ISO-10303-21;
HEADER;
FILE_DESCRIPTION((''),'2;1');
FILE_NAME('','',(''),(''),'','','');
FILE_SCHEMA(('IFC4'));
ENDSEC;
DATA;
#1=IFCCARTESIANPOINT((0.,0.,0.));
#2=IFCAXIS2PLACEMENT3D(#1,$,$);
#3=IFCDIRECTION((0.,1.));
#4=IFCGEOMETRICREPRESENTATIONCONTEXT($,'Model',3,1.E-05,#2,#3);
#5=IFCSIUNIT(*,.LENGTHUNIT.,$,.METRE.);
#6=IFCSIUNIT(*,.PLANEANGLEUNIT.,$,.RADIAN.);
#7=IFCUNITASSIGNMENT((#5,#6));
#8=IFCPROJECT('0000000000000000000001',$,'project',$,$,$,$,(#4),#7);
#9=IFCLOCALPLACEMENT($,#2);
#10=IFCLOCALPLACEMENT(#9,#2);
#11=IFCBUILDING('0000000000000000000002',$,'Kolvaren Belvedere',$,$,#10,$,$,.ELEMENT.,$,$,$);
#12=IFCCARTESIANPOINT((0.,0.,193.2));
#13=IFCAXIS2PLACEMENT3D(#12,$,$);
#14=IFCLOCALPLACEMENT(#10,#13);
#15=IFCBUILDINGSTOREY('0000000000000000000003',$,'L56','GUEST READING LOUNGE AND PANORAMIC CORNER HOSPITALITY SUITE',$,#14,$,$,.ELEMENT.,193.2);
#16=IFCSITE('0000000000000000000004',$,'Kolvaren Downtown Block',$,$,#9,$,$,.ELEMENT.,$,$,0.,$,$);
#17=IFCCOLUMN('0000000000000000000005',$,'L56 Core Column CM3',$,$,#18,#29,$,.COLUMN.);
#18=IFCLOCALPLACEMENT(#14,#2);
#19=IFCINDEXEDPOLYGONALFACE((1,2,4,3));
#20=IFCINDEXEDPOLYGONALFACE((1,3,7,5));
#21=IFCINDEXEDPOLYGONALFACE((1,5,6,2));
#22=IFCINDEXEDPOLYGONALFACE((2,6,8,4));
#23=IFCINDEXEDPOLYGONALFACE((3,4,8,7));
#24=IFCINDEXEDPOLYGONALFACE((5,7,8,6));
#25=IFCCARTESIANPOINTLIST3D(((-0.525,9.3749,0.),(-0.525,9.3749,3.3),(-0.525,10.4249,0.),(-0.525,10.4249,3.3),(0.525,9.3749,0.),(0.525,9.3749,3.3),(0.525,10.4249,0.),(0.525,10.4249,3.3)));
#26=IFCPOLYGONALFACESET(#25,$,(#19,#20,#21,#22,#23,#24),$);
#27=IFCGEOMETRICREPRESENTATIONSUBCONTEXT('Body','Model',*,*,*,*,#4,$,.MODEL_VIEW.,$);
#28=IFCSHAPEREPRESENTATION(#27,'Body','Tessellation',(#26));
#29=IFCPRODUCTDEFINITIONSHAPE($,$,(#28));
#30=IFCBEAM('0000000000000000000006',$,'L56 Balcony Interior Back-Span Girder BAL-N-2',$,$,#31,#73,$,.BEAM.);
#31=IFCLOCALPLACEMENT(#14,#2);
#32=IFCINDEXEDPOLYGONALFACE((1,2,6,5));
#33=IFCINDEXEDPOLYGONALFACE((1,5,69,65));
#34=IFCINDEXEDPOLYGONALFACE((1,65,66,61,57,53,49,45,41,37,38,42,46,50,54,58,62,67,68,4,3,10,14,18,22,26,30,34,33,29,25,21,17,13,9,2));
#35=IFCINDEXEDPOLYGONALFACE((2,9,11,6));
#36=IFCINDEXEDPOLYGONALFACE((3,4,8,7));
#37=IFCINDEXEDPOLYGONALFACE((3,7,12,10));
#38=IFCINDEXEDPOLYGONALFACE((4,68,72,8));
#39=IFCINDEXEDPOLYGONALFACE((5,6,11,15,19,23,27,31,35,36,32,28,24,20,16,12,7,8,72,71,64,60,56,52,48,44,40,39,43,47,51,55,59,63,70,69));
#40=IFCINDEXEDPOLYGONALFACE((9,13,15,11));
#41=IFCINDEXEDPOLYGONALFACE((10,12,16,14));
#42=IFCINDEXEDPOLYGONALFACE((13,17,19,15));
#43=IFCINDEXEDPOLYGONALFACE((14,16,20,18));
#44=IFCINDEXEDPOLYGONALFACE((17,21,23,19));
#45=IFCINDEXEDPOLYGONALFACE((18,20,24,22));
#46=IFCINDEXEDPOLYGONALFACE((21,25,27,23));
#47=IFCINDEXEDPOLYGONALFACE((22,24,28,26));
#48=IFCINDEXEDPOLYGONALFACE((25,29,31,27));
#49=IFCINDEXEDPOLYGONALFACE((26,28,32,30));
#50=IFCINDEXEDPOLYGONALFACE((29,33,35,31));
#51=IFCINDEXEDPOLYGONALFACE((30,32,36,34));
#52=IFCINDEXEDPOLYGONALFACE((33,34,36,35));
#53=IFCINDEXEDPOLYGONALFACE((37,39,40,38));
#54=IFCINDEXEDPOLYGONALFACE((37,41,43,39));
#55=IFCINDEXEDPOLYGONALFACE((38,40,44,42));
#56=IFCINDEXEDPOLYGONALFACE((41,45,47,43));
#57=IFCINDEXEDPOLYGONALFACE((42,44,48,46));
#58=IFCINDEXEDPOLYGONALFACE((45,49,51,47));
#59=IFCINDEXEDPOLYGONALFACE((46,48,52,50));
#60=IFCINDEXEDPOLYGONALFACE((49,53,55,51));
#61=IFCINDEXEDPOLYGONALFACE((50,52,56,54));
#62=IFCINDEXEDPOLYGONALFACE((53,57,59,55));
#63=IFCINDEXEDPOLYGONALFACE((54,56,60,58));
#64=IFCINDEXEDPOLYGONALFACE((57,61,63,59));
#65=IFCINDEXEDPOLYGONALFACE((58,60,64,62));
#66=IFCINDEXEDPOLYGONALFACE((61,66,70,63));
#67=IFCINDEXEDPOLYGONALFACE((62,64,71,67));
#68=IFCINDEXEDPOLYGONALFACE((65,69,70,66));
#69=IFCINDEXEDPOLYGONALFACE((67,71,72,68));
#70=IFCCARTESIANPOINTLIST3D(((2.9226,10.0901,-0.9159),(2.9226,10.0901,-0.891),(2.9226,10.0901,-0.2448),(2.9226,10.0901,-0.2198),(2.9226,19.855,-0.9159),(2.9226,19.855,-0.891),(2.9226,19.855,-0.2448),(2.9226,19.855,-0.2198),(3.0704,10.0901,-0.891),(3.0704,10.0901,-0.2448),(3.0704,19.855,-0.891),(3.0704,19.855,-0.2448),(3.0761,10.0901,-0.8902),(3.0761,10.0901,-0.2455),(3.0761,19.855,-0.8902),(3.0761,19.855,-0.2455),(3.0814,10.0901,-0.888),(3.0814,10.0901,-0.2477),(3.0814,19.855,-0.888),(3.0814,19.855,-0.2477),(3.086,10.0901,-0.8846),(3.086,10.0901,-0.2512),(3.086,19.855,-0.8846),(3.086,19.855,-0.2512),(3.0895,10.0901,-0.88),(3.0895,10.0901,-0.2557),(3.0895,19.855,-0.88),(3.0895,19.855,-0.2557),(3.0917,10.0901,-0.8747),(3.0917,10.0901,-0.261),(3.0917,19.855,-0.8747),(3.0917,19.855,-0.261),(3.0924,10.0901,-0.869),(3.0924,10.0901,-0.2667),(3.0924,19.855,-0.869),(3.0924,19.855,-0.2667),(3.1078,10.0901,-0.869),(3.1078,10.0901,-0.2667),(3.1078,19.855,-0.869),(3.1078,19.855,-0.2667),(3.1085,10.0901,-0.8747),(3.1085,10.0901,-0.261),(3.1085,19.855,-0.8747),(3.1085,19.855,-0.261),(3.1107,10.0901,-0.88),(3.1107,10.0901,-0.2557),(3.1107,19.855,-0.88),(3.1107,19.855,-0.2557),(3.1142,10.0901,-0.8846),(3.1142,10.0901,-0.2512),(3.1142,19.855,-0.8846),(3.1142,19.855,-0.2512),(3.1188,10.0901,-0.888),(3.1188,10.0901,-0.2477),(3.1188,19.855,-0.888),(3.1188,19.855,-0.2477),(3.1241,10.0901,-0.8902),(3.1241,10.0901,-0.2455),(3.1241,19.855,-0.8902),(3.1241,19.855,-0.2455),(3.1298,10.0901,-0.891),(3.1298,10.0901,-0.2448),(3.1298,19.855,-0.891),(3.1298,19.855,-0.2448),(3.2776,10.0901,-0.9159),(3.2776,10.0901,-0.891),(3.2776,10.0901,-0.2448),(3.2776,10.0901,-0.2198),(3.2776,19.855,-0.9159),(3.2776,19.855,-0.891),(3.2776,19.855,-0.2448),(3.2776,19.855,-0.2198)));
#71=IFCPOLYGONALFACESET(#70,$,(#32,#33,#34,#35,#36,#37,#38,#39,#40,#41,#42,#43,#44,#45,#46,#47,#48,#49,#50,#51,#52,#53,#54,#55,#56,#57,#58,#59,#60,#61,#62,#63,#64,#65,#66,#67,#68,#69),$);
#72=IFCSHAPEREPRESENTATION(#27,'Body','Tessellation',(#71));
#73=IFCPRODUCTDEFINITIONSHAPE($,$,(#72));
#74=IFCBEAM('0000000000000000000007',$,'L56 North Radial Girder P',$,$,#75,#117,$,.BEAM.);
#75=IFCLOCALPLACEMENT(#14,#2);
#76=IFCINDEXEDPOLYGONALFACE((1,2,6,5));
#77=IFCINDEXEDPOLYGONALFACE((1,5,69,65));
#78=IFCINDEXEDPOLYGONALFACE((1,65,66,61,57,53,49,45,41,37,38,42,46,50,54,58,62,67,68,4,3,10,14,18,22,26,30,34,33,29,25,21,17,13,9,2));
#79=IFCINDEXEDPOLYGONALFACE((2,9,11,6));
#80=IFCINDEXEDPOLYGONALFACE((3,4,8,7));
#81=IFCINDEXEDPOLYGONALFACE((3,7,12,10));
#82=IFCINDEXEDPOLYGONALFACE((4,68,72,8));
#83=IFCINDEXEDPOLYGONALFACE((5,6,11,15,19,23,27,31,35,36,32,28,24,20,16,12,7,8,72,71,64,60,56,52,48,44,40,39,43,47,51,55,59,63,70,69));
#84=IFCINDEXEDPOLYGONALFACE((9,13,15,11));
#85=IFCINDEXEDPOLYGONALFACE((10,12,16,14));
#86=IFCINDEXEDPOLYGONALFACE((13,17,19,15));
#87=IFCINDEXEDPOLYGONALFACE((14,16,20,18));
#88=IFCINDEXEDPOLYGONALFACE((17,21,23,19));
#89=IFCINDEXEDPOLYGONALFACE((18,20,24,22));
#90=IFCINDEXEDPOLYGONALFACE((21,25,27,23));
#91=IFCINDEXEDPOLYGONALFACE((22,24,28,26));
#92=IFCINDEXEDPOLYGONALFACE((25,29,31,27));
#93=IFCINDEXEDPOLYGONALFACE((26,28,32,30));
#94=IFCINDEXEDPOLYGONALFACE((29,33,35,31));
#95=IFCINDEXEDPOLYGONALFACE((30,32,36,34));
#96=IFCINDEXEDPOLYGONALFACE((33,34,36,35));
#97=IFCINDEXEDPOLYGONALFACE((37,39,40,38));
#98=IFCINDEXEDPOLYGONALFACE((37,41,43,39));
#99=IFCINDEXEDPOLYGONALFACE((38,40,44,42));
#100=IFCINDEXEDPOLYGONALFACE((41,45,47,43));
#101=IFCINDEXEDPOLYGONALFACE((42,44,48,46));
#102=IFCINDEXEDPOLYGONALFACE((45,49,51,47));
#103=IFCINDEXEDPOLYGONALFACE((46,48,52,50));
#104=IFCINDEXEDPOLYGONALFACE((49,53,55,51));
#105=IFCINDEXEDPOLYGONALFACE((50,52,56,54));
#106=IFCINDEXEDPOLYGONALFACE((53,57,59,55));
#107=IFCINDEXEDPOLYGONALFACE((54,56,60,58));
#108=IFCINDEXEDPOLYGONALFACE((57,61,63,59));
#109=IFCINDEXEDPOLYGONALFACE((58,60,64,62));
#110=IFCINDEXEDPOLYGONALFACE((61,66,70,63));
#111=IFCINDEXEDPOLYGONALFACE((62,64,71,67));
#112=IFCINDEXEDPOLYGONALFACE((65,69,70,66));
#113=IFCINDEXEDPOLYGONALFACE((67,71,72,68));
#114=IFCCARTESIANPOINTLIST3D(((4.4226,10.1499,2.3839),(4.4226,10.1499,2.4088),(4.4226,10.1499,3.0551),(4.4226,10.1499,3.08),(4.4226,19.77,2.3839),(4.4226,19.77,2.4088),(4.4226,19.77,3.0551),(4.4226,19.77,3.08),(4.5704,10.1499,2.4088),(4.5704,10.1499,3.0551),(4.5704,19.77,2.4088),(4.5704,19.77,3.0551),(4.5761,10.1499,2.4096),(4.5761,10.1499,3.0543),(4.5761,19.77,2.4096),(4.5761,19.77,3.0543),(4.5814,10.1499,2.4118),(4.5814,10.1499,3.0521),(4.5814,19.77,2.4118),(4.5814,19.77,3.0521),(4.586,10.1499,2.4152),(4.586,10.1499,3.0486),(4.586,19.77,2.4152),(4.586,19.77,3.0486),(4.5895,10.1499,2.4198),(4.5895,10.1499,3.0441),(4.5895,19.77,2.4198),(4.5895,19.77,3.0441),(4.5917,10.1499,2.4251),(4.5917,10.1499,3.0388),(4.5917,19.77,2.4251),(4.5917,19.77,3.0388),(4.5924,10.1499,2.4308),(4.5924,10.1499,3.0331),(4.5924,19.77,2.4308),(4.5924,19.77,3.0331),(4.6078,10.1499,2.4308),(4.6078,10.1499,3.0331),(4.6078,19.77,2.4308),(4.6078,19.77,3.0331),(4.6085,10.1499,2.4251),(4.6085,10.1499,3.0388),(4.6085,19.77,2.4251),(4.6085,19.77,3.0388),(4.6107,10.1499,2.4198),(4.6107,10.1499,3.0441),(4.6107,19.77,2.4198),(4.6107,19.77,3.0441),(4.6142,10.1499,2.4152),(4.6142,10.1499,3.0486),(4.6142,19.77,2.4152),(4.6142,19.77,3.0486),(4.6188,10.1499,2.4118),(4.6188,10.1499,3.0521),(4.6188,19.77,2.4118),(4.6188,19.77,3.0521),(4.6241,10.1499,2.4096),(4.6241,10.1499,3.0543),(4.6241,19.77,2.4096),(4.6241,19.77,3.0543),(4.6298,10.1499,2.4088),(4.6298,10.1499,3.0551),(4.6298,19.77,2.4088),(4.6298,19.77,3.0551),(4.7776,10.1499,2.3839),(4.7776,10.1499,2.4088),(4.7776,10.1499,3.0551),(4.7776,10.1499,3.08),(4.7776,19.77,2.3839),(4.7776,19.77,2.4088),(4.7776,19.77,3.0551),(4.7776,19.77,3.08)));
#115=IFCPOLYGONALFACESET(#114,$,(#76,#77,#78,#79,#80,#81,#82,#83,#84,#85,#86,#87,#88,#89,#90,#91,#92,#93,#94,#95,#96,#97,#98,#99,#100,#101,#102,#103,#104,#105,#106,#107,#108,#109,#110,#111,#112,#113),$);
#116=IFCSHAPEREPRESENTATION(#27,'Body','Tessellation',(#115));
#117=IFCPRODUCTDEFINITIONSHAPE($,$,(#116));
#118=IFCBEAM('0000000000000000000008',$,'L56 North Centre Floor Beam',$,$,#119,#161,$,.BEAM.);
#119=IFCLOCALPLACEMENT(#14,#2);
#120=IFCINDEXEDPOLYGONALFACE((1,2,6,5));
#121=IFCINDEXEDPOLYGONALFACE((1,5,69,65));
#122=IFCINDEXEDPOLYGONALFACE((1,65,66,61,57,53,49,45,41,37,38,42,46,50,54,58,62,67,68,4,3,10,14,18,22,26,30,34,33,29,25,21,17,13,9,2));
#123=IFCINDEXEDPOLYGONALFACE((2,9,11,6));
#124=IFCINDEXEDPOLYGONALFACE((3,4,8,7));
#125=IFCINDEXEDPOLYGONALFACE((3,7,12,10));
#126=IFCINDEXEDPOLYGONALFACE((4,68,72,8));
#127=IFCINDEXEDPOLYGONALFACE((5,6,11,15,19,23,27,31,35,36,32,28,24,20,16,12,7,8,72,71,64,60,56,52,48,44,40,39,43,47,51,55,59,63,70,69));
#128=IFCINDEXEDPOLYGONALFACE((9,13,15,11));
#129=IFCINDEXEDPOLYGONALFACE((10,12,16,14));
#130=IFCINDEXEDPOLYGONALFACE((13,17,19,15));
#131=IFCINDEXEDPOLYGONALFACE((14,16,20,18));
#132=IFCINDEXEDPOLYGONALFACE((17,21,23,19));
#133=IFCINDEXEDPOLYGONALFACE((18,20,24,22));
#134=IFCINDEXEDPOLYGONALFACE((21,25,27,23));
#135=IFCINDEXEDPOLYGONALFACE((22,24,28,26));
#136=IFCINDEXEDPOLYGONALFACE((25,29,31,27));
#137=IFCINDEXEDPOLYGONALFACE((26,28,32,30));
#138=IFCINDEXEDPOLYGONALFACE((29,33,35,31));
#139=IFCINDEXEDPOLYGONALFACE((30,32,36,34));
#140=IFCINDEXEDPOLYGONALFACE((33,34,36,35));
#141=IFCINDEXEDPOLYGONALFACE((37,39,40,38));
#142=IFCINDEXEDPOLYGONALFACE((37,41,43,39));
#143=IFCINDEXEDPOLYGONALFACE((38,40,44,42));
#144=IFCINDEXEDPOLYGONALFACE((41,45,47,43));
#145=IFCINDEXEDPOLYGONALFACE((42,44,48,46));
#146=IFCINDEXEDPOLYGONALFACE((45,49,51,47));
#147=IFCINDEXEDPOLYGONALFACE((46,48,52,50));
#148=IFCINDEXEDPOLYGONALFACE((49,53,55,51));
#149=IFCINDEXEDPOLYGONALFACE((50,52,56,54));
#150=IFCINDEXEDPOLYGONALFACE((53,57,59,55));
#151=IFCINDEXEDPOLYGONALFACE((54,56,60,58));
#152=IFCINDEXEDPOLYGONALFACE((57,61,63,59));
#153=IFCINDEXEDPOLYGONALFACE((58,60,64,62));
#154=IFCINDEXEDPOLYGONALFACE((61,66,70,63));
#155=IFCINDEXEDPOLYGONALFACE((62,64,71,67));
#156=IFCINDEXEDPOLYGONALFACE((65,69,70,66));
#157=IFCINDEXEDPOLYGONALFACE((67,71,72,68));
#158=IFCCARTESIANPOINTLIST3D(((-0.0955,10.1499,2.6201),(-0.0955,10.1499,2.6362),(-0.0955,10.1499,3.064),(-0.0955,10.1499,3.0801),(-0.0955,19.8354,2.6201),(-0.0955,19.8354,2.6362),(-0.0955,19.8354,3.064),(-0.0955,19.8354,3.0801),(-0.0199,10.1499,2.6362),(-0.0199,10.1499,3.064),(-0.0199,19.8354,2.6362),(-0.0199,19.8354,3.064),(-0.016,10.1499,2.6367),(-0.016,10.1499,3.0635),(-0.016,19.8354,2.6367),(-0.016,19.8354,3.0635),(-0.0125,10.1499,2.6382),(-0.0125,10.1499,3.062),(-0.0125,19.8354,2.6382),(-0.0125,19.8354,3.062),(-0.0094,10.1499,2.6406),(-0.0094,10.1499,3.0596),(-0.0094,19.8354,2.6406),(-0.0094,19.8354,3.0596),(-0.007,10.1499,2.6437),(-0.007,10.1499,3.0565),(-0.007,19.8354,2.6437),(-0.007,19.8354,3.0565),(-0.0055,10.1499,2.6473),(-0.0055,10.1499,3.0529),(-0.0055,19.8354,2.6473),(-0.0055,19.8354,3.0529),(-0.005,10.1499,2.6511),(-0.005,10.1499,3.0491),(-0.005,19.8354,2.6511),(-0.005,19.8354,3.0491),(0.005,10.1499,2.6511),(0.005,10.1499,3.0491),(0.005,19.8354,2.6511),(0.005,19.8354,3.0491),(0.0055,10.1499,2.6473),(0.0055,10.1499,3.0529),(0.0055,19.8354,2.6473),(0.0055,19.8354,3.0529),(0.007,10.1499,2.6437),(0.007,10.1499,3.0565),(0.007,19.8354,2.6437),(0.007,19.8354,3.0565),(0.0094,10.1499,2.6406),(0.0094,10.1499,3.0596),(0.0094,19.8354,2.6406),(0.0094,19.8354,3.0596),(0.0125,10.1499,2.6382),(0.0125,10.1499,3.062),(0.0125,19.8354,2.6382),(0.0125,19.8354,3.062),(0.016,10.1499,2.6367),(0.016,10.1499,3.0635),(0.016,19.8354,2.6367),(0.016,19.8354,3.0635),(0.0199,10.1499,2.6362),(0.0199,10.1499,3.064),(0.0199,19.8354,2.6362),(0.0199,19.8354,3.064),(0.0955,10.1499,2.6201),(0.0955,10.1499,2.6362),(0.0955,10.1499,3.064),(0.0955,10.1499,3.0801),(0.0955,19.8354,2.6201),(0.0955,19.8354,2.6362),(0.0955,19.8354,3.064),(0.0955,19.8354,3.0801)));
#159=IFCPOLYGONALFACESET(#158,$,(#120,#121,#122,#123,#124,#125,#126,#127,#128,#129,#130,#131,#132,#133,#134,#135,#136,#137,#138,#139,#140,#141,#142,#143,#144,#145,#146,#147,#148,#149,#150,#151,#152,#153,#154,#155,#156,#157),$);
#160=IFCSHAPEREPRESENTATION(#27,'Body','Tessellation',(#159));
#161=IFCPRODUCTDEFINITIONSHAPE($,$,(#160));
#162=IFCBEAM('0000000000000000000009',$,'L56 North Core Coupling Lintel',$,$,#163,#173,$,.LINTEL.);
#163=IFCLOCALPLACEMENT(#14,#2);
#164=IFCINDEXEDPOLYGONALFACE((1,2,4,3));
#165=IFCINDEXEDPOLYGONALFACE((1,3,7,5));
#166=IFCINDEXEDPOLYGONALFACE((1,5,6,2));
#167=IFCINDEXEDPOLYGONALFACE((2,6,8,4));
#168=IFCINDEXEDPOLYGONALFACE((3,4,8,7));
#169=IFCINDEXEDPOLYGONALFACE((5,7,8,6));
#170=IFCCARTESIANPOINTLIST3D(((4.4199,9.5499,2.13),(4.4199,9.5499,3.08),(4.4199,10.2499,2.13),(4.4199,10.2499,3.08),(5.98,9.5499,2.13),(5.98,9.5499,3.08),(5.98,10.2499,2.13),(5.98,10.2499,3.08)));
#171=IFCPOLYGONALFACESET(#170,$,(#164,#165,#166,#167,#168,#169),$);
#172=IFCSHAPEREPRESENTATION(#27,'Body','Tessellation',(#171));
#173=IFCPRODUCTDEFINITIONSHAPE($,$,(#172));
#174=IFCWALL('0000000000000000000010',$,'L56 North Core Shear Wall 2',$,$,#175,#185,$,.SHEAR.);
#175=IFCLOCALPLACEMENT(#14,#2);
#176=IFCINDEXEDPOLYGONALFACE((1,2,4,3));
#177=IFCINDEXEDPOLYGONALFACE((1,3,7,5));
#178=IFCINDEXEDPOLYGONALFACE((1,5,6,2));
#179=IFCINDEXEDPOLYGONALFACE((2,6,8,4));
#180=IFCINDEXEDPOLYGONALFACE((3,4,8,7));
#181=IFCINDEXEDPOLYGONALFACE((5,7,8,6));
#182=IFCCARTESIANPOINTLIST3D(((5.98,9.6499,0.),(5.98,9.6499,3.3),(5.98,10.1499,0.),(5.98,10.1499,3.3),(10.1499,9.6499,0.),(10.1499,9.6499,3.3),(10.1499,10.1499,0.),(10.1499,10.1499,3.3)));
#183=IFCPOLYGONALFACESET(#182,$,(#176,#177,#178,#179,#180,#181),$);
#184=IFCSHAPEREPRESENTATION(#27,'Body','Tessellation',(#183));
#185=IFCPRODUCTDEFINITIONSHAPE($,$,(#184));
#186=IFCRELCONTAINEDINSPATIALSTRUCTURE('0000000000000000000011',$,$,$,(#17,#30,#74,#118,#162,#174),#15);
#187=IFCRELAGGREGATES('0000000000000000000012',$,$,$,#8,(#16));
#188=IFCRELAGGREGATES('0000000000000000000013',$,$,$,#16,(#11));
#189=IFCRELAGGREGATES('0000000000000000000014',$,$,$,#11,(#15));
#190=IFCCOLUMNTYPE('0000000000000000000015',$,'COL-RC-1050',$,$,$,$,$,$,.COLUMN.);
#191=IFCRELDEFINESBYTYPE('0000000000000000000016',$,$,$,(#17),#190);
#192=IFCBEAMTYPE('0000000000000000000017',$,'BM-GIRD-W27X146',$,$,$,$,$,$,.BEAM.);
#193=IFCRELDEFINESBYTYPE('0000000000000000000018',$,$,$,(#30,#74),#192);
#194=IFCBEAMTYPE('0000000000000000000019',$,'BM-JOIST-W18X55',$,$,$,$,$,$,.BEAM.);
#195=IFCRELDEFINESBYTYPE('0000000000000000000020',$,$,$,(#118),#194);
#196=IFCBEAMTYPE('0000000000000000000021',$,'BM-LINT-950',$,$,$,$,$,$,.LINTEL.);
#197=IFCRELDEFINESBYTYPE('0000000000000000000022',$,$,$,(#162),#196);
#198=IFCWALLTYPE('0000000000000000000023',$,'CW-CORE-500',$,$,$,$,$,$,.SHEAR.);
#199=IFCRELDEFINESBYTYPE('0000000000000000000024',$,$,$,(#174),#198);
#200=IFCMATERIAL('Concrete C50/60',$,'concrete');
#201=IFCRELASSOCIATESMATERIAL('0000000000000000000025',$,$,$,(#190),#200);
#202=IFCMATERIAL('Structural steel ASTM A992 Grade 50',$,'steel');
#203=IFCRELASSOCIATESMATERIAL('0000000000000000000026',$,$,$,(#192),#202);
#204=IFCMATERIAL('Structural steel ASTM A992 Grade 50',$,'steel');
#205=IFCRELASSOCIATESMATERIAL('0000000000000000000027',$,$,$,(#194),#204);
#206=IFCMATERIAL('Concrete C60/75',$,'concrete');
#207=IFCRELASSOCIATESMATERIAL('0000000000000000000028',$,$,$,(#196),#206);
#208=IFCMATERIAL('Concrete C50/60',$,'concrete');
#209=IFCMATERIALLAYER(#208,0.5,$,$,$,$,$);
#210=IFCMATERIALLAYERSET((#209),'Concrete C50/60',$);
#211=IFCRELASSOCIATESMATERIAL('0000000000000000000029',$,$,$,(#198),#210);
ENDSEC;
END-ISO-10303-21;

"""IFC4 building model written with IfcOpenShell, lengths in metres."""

from ifc_helpers import new_model, si_unit, direction, frame, frame_2d, origin, origin_2d, place, context, subcontext, project, spatial, rectangle, i_section, extrude, material, layer, layer_set, material_profile, profile_set, type_object, element, save


model = new_model("IFC4")

# Units and contexts
model_context = context("Model", 3, precision=1e-05, world=origin(), true_north=direction((0.0, 1.0)))
body_context = subcontext(model_context, "Body", "Model", "MODEL_VIEW")
ifc_project = project(units=[si_unit("LENGTHUNIT", "METRE"), si_unit("PLANEANGLEUNIT", "RADIAN")], contexts=[model_context])

# Site, building, storey
site_placement = place(None, origin())
site = spatial("IfcSite", under=ifc_project, at=site_placement, Name="Kolvaren Downtown Block", CompositionType="ELEMENT", RefElevation=0.0)
building_placement = place(site_placement, origin())
building = spatial("IfcBuilding", under=site, at=building_placement, Name="Kolvaren Belvedere", CompositionType="ELEMENT")
storey_placement = place(building_placement, frame((0.0, 0.0, 193.2)))
storey = spatial("IfcBuildingStorey", under=building, at=storey_placement, Name="L56", Description="GUEST READING LOUNGE AND PANORAMIC CORNER HOSPITALITY SUITE", CompositionType="ELEMENT", Elevation=193.2)

# Column
ifc_material_1 = material(Name="Concrete C50/60", Category="concrete")
ifc_material_profile_1 = material_profile(ifc_material_1, rectangle(XDim=1.05, YDim=1.05, at=origin_2d()), Name="RC 1050X1050")
ifc_profile_set_1 = profile_set([ifc_material_profile_1], Name="Concrete C50/60")
column_type = type_object("IfcColumnType", Name="COL-RC-1050", PredefinedType="COLUMN", material=ifc_profile_set_1)
column_placement = place(storey_placement, frame((0.0, 9.8999, 0.0), z_axis=(0.0, 0.0, 1.0), x_axis=(1.0, 0.0, 0.0)))
element("IfcColumn", 1, at=column_placement, inside=storey, type_object=column_type, Name="L56 Core Column CM3", PredefinedType="COLUMN", context=body_context, shape_type="SweptSolid", body=[
    extrude(rectangle(XDim=1.05, YDim=1.05, at=origin_2d()), origin(), (0.0, 0.0, 1.0), 3.3),
])

# Beams
ifc_material_2 = material(Name="Structural steel ASTM A992 Grade 50", Category="steel")
ifc_material_profile_2 = material_profile(ifc_material_2, i_section(OverallWidth=0.355, OverallDepth=0.696, WebThickness=0.0154, FlangeThickness=0.0249, FilletRadius=0.022, at=origin_2d()), Name="W27X146")
ifc_profile_set_2 = profile_set([ifc_material_profile_2], Name="Structural steel ASTM A992 Grade 50")
beam_type_1 = type_object("IfcBeamType", Name="BM-GIRD-W27X146", PredefinedType="BEAM", material=ifc_profile_set_2)
beam_1_placement = place(storey_placement, frame((3.1001, 10.0901, -0.5679), z_axis=(0.0, 1.0, 0.0), x_axis=(-1.0, 0.0, 0.0)))
element("IfcBeam", 2, at=beam_1_placement, inside=storey, type_object=beam_type_1, Name="L56 Balcony Interior Back-Span Girder BAL-N-2", PredefinedType="BEAM", context=body_context, shape_type="SweptSolid", body=[
    extrude(i_section(OverallWidth=0.355, OverallDepth=0.696, WebThickness=0.0154, FlangeThickness=0.0249, FilletRadius=0.022, at=origin_2d()), origin(), (0.0, 0.0, 1.0), 9.7649),
])
beam_2_placement = place(storey_placement, frame((4.6001, 10.1499, 2.7319), z_axis=(0.0, 1.0, 0.0), x_axis=(-1.0, 0.0, 0.0)))
element("IfcBeam", 3, at=beam_2_placement, inside=storey, type_object=beam_type_1, Name="L56 North Radial Girder P", PredefinedType="BEAM", context=body_context, shape_type="SweptSolid", body=[
    extrude(i_section(OverallWidth=0.355, OverallDepth=0.696, WebThickness=0.0154, FlangeThickness=0.0249, FilletRadius=0.022, at=origin_2d()), origin(), (0.0, 0.0, 1.0), 9.6201),
])
ifc_material_3 = material(Name="Structural steel ASTM A992 Grade 50", Category="steel")
ifc_material_profile_3 = material_profile(ifc_material_3, i_section(OverallWidth=0.1909, OverallDepth=0.46, WebThickness=0.01, FlangeThickness=0.0161, FilletRadius=0.0149, at=origin_2d()), Name="W18X55")
ifc_profile_set_3 = profile_set([ifc_material_profile_3], Name="Structural steel ASTM A992 Grade 50")
beam_type_2 = type_object("IfcBeamType", Name="BM-JOIST-W18X55", PredefinedType="BEAM", material=ifc_profile_set_3)
beam_3_placement = place(storey_placement, frame((0.0, 10.1499, 2.8501), z_axis=(0.0, 1.0, 0.0), x_axis=(-1.0, 0.0, 0.0)))
element("IfcBeam", 4, at=beam_3_placement, inside=storey, type_object=beam_type_2, Name="L56 North Centre Floor Beam", PredefinedType="BEAM", context=body_context, shape_type="SweptSolid", body=[
    extrude(i_section(OverallWidth=0.1909, OverallDepth=0.46, WebThickness=0.01, FlangeThickness=0.0161, FilletRadius=0.0149, at=origin_2d()), origin(), (0.0, 0.0, 1.0), 9.6855),
])
ifc_material_4 = material(Name="Concrete C60/75", Category="concrete")
ifc_material_profile_4 = material_profile(ifc_material_4, rectangle(XDim=0.7, YDim=0.95, at=origin_2d()), Name="RC 700X950")
ifc_profile_set_4 = profile_set([ifc_material_profile_4], Name="Concrete C60/75")
beam_type_3 = type_object("IfcBeamType", Name="BM-LINT-950", PredefinedType="LINTEL", material=ifc_profile_set_4)
beam_4_placement = place(storey_placement, frame((4.4199, 9.8999, 2.605), z_axis=(1.0, 0.0, 0.0), x_axis=(0.0, 1.0, 0.0)))
element("IfcBeam", 5, at=beam_4_placement, inside=storey, type_object=beam_type_3, Name="L56 North Core Coupling Lintel", PredefinedType="LINTEL", context=body_context, shape_type="SweptSolid", body=[
    extrude(rectangle(XDim=0.7, YDim=0.95, at=origin_2d()), origin(), (0.0, 0.0, 1.0), 1.5601),
])

# Wall
ifc_material_5 = material(Name="Concrete C50/60", Category="concrete")
ifc_layer_1 = layer(ifc_material_5, 0.5)
ifc_layer_set_1 = layer_set([ifc_layer_1], Name="Concrete C50/60")
wall_type_1 = type_object("IfcWallType", Name="CW-CORE-500", PredefinedType="SHEAR", material=ifc_layer_set_1)
wall_1_placement = place(storey_placement, frame((5.98, 9.8999, 0.0), z_axis=(0.0, 0.0, 1.0), x_axis=(1.0, 0.0, 0.0)))
element("IfcWall", 6, at=wall_1_placement, inside=storey, type_object=wall_type_1, Name="L56 North Core Shear Wall 2", PredefinedType="SHEAR", context=body_context, shape_type="SweptSolid", body=[
    extrude(rectangle(XDim=4.1699, YDim=0.5, at=frame_2d((2.085, 0.0))), origin(), (0.0, 0.0, 1.0), 3.3),
])

save(model, "model.ifc")
